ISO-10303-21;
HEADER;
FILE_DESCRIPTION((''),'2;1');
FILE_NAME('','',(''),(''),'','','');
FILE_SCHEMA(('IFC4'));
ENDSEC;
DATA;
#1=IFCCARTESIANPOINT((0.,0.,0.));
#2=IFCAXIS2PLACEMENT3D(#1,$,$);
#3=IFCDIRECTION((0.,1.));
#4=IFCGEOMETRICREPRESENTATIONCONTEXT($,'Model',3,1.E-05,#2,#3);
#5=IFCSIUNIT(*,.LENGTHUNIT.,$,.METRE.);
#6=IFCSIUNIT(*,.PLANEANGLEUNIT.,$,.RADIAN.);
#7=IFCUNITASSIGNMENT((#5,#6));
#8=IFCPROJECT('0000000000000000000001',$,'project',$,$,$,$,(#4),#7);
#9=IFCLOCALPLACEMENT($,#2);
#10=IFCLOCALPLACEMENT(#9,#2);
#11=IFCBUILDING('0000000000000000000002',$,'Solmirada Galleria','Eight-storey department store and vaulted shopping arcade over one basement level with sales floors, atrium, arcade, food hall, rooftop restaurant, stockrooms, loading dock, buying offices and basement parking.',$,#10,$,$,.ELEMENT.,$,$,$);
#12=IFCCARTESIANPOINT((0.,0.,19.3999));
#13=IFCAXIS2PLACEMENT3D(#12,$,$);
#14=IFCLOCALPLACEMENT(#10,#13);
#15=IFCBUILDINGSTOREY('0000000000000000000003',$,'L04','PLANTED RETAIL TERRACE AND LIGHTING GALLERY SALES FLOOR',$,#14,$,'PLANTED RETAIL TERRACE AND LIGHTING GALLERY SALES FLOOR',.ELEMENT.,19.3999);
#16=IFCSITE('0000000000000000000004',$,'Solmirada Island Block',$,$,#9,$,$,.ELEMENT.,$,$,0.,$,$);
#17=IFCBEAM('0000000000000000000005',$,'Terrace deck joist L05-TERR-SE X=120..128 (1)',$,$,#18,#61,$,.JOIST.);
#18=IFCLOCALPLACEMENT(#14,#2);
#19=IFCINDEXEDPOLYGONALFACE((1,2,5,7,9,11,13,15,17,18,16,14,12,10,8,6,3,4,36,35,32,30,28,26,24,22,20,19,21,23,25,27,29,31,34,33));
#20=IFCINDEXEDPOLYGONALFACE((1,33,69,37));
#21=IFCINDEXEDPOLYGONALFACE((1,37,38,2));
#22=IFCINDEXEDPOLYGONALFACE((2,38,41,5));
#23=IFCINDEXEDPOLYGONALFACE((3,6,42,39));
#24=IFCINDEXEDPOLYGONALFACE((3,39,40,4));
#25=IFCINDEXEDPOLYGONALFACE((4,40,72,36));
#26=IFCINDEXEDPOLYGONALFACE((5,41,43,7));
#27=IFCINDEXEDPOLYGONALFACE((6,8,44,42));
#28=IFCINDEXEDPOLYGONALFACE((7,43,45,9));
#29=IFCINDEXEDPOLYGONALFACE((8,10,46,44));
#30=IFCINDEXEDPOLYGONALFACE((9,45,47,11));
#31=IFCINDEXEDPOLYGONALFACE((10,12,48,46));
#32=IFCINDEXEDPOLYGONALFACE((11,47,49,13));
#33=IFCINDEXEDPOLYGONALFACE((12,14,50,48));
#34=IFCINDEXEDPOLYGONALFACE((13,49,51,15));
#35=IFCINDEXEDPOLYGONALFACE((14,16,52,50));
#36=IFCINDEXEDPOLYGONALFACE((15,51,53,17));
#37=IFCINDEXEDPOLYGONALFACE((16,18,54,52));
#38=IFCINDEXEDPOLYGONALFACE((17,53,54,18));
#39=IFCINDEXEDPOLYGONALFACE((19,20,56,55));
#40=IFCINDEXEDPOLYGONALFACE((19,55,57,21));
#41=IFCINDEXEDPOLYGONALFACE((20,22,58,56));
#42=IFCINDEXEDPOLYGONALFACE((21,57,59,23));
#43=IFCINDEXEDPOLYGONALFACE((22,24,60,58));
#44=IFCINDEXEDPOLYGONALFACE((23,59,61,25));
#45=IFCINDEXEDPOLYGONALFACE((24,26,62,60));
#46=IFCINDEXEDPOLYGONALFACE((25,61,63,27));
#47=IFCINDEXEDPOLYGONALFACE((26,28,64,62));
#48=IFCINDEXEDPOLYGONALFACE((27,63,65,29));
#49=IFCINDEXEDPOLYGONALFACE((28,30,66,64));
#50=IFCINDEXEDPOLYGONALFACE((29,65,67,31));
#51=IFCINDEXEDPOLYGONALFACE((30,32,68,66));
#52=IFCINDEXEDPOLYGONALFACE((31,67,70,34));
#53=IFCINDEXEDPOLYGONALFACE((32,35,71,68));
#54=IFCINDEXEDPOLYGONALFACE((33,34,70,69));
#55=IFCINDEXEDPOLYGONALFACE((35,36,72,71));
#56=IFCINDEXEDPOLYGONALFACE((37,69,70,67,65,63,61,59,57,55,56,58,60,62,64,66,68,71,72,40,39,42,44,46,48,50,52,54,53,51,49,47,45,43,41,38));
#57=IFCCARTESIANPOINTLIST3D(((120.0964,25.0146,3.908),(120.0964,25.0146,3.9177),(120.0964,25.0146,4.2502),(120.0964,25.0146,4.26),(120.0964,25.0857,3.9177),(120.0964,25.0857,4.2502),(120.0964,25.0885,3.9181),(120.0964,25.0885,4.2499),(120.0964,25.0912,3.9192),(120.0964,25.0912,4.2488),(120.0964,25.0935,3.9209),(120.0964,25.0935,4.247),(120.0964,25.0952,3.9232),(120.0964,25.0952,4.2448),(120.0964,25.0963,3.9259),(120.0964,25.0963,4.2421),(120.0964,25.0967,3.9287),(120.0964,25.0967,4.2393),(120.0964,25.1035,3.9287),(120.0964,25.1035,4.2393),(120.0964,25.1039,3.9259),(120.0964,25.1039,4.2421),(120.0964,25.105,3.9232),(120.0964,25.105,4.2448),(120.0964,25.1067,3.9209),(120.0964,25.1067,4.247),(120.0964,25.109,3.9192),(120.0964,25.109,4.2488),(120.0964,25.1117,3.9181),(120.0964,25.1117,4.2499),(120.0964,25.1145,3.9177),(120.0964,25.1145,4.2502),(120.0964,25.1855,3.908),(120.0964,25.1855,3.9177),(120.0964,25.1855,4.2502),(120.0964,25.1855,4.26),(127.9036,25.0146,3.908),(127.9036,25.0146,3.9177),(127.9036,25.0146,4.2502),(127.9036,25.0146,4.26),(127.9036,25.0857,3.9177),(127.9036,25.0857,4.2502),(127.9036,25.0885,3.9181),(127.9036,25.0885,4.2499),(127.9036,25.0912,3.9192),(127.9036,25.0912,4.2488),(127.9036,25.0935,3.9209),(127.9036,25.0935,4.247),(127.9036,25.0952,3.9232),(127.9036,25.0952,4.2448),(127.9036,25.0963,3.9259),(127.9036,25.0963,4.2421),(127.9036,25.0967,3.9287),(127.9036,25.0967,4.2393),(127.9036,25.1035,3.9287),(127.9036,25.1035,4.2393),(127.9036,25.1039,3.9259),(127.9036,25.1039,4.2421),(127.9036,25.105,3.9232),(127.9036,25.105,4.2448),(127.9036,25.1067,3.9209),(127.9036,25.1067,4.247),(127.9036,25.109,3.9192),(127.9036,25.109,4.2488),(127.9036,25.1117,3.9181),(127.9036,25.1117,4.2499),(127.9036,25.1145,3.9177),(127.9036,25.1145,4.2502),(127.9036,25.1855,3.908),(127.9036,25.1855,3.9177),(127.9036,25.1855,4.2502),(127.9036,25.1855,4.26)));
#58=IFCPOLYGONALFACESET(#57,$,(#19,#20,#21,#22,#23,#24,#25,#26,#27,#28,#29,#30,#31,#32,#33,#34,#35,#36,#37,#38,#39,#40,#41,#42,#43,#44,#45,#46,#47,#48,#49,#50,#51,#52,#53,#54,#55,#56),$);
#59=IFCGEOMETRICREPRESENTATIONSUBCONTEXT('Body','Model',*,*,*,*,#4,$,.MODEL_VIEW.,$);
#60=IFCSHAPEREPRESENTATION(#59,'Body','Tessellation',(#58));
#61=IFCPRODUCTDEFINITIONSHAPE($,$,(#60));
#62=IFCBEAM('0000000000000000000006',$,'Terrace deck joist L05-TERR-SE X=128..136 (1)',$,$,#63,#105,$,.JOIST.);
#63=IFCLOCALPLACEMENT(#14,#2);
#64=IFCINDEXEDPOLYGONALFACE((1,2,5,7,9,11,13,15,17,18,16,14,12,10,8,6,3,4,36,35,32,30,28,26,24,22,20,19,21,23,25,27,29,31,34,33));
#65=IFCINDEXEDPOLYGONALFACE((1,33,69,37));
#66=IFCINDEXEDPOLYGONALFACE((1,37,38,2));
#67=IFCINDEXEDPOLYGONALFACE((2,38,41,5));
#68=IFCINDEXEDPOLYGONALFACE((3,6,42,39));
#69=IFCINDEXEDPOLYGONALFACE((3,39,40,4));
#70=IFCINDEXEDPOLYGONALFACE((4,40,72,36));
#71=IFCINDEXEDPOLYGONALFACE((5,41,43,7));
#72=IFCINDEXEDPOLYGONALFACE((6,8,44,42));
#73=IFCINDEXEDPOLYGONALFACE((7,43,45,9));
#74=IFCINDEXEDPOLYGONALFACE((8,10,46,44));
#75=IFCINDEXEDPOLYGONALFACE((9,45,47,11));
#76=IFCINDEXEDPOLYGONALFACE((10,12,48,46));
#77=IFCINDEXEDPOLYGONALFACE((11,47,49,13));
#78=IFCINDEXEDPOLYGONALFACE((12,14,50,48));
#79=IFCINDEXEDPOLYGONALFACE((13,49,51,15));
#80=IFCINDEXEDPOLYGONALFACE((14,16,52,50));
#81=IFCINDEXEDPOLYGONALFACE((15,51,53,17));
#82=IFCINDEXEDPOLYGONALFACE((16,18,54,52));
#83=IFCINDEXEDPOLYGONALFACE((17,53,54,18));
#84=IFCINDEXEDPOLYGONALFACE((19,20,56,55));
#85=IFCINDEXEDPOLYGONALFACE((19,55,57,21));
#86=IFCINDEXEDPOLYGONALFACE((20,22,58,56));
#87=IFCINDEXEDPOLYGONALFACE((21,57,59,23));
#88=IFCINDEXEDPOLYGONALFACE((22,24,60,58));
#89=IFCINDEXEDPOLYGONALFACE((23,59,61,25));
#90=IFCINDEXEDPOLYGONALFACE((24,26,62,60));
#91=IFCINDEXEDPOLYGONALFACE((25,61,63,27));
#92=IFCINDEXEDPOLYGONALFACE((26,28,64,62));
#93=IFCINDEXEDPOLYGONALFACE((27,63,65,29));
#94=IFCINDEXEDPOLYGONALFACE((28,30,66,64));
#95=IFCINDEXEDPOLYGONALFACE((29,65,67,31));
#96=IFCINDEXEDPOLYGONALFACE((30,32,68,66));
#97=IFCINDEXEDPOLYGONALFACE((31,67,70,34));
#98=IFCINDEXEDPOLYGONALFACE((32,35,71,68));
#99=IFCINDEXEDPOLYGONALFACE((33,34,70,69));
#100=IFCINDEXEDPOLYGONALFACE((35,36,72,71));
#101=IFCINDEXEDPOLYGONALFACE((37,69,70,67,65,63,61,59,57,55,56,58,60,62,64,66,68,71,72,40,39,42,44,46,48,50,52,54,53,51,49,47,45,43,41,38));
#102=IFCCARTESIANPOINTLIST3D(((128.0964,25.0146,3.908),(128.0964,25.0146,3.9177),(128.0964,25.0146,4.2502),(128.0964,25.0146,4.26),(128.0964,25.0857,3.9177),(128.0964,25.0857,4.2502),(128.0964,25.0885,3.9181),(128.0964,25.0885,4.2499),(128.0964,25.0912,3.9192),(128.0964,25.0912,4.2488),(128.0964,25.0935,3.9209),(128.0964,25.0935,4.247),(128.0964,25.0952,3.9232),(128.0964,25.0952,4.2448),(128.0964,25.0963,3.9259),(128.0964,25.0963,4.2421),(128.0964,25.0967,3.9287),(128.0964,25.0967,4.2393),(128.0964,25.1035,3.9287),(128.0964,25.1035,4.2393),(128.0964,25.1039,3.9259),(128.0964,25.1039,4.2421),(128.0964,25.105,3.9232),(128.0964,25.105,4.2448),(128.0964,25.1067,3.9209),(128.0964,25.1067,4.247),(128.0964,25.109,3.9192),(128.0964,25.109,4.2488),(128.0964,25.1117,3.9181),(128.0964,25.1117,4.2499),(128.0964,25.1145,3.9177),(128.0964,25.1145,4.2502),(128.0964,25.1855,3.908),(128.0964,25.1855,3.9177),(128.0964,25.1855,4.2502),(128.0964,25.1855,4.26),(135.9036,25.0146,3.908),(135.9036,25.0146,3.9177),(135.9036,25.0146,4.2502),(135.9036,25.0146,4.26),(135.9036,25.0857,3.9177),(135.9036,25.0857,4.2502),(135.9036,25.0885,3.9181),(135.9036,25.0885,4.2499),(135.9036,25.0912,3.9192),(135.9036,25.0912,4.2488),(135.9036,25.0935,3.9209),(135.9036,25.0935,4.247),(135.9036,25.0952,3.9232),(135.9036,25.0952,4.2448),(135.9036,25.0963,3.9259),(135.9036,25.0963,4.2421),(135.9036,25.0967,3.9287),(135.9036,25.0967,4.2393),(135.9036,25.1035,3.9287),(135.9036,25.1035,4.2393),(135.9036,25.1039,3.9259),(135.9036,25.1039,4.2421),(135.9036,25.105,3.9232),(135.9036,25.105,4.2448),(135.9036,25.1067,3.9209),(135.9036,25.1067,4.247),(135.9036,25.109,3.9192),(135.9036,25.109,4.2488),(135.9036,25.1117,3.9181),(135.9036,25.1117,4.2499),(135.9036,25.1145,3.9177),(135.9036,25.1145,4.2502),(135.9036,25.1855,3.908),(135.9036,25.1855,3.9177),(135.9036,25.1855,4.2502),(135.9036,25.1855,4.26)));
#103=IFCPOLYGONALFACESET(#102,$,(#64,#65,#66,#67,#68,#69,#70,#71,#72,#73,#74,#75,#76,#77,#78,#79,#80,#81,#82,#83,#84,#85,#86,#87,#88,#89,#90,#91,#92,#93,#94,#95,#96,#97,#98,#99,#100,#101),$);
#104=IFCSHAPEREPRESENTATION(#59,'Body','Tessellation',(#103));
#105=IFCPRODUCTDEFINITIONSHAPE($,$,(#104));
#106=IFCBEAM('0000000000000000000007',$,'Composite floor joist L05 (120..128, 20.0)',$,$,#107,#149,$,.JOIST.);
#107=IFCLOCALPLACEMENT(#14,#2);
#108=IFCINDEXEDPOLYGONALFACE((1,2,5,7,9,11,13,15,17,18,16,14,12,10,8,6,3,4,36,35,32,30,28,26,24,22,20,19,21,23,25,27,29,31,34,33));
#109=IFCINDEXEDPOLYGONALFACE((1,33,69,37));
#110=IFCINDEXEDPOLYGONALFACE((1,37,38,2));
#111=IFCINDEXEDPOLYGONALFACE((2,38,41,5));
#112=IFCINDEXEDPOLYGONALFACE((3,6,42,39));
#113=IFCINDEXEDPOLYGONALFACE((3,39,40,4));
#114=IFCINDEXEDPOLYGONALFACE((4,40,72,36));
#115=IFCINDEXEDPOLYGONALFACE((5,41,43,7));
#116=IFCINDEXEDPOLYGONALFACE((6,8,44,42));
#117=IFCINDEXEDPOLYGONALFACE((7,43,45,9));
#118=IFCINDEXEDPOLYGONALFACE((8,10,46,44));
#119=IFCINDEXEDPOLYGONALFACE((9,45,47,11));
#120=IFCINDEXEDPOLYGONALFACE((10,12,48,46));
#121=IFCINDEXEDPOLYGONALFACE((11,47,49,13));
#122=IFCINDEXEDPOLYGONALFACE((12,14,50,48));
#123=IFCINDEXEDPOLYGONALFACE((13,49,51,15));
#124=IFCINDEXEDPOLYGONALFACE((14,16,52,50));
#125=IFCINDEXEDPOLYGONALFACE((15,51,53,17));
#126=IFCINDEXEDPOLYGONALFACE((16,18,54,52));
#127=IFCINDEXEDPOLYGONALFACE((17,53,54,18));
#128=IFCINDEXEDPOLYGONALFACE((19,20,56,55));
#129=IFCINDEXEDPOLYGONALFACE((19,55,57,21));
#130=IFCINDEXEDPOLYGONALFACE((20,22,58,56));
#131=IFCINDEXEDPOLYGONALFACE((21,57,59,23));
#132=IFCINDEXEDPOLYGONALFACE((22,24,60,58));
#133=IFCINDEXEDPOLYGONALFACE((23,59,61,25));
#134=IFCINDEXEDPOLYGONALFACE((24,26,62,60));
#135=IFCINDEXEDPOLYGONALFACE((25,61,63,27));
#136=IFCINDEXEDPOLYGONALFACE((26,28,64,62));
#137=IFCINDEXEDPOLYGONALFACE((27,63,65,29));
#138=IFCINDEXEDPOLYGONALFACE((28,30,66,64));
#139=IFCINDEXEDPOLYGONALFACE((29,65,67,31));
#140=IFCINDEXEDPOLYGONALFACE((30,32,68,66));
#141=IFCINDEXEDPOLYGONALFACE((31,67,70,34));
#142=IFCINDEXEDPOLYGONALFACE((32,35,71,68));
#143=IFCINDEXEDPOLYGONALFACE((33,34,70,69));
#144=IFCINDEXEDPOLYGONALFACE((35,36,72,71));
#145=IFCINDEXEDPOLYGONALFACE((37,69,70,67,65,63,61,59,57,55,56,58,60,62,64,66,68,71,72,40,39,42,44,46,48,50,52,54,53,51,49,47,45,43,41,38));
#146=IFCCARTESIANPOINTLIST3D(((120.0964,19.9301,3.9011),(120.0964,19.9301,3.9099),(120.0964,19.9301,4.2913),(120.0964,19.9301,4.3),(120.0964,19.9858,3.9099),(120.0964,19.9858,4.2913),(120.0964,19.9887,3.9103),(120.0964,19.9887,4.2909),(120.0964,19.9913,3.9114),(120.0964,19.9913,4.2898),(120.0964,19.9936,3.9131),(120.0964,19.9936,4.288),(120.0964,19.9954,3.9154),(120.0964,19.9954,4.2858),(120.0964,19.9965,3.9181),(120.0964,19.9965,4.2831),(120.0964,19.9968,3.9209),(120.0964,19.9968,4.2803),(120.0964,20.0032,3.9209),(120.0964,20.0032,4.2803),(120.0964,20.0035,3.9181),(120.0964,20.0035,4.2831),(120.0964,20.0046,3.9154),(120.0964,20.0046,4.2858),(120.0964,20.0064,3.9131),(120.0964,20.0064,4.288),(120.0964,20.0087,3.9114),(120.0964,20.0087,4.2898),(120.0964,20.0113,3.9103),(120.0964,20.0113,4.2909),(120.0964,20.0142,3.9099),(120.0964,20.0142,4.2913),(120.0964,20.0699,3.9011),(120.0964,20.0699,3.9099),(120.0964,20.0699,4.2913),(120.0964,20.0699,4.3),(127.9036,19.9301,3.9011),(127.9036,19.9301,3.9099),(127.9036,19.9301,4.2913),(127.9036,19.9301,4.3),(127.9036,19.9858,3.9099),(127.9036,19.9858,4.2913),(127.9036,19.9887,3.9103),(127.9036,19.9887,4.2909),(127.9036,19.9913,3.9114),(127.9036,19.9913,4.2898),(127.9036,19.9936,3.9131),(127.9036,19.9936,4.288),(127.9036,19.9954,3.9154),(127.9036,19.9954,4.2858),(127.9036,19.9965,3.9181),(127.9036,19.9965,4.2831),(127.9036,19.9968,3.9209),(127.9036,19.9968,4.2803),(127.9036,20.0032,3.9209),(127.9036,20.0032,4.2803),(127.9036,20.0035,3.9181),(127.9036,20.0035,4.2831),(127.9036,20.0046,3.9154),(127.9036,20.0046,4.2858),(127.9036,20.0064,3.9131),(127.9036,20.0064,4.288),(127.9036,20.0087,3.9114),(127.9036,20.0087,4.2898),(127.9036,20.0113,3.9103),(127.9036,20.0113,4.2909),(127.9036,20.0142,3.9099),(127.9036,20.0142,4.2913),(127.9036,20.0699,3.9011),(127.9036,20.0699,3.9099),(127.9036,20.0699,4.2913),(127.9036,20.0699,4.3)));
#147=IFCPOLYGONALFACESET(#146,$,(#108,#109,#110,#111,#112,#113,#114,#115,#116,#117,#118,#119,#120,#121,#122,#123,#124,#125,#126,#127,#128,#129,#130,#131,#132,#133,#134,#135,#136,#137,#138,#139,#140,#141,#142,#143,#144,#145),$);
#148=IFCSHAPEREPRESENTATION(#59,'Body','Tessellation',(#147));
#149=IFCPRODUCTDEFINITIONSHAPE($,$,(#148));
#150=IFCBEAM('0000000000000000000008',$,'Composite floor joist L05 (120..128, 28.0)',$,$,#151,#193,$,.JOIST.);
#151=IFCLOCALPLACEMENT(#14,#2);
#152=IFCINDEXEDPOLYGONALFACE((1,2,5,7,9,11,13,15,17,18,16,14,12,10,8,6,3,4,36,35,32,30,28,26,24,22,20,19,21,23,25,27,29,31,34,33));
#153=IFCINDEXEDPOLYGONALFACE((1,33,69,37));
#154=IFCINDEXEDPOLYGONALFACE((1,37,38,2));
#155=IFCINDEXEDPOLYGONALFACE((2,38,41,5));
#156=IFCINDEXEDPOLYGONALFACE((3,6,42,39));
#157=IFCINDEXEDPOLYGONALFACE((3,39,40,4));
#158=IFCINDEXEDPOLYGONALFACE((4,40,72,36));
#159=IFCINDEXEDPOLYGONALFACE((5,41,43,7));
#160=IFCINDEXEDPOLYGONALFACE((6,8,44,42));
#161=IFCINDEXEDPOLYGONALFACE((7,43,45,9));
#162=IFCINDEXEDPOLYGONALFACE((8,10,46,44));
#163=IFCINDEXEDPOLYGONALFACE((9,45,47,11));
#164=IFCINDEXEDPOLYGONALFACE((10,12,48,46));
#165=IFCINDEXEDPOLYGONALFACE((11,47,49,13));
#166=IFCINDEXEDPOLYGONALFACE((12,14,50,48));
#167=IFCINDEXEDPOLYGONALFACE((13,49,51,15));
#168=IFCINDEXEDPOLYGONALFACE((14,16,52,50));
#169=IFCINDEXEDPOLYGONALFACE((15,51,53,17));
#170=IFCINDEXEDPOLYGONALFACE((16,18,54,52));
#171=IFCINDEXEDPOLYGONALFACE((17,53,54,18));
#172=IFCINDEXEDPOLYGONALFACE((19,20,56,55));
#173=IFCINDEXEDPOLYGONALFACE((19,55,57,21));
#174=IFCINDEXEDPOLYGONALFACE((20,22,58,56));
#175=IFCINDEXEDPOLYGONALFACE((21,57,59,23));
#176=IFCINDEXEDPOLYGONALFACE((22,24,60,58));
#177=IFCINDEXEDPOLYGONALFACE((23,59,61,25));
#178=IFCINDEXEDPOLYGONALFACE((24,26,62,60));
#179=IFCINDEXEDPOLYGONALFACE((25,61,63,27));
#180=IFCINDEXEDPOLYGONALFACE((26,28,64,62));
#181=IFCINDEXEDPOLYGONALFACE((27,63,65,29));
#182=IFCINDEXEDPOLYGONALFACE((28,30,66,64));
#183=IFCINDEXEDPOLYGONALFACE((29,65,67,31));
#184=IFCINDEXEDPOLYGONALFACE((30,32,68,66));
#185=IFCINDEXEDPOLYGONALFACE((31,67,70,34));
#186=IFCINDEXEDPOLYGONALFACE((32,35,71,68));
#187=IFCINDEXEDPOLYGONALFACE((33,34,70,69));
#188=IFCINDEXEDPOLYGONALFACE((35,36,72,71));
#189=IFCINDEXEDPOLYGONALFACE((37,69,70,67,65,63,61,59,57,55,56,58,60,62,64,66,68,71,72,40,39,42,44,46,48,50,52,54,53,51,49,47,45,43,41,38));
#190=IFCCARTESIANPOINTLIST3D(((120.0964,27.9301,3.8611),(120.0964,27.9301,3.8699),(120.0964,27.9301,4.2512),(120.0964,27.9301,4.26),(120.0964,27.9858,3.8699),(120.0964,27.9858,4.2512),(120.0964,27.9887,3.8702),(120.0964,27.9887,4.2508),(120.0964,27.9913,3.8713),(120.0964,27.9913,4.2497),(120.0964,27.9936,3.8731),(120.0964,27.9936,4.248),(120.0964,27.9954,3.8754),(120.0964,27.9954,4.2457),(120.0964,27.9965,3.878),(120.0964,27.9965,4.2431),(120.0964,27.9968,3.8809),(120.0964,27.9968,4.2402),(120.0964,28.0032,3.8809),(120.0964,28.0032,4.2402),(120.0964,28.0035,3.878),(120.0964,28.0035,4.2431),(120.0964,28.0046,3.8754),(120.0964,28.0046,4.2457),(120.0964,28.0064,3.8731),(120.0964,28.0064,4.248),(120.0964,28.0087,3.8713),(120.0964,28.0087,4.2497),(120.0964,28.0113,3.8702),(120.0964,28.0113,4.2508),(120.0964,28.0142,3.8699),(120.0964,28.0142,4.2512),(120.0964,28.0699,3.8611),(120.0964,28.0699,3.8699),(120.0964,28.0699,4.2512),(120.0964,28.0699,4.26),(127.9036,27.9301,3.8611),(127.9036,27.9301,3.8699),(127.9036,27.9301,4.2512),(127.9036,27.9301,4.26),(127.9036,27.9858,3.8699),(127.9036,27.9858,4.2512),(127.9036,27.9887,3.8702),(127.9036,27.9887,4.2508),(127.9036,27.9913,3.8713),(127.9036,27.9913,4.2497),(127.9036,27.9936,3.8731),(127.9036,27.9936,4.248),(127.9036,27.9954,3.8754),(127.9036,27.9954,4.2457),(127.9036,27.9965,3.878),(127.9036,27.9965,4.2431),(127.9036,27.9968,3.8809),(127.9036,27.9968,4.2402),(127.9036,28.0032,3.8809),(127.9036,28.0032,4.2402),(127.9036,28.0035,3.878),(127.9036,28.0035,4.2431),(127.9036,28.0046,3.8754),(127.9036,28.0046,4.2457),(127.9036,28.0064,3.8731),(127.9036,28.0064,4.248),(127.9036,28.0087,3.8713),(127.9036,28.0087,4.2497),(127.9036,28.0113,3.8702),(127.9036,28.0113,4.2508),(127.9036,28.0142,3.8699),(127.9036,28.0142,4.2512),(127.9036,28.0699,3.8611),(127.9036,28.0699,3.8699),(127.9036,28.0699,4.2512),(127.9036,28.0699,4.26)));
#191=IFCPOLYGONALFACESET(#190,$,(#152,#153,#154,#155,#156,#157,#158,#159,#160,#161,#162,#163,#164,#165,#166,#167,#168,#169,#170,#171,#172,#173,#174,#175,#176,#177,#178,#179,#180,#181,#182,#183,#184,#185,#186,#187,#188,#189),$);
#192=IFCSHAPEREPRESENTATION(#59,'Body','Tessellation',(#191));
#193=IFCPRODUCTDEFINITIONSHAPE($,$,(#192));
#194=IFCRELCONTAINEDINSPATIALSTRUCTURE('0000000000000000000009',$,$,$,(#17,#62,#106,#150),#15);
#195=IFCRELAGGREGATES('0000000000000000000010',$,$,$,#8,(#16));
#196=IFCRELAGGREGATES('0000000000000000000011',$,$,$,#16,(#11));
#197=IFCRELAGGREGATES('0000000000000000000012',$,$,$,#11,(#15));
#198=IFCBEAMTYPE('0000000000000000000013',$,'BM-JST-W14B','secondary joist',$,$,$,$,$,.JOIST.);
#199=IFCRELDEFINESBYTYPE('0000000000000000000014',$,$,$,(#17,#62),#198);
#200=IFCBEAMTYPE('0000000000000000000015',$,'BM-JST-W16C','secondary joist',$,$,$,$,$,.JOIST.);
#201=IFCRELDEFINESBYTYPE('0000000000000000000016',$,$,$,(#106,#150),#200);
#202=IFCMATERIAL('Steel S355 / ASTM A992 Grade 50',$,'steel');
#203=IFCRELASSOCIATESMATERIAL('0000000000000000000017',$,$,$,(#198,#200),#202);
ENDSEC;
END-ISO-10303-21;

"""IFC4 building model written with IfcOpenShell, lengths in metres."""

from ifc_helpers import new_model, si_unit, direction, frame, origin, origin_2d, place, context, subcontext, project, spatial, i_section, extrude, material, material_profile, profile_set, type_object, element, save


model = new_model("IFC4")

# Units and contexts
model_context = context("Model", 3, precision=1e-05, world=origin(), true_north=direction((0.0, 1.0)))
body_context = subcontext(model_context, "Body", "Model", "MODEL_VIEW")
ifc_project = project(units=[si_unit("LENGTHUNIT", "METRE"), si_unit("PLANEANGLEUNIT", "RADIAN")], contexts=[model_context])

# Site, building, storey
site_placement = place(None, origin())
site = spatial("IfcSite", under=ifc_project, at=site_placement, Name="Solmirada Island Block", CompositionType="ELEMENT", RefElevation=0.0)
building_placement = place(site_placement, origin())
building = spatial("IfcBuilding", under=site, at=building_placement, Name="Solmirada Galleria", Description="Eight-storey department store and vaulted shopping arcade over one basement level with sales floors, atrium, arcade, food hall, rooftop restaurant, stockrooms, loading dock, buying offices and basement parking.", CompositionType="ELEMENT")
storey_placement = place(building_placement, frame((0.0, 0.0, 19.3999)))
storey = spatial("IfcBuildingStorey", under=building, at=storey_placement, Name="L04", Description="PLANTED RETAIL TERRACE AND LIGHTING GALLERY SALES FLOOR", LongName="PLANTED RETAIL TERRACE AND LIGHTING GALLERY SALES FLOOR", CompositionType="ELEMENT", Elevation=19.3999)

# Beams
ifc_material_1 = material(Name="Steel S355 / ASTM A992 Grade 50", Category="steel")
ifc_material_profile_1 = material_profile(ifc_material_1, i_section(OverallWidth=0.1709, OverallDepth=0.3521, WebThickness=0.0068, FlangeThickness=0.0098, FilletRadius=0.011, at=origin_2d()), Name="W14X30")
ifc_profile_set_1 = profile_set([ifc_material_profile_1], Name="Steel S355 / ASTM A992 Grade 50")
beam_type_1 = type_object("IfcBeamType", Name="BM-JST-W14B", Description="secondary joist", PredefinedType="JOIST", material=ifc_profile_set_1)
for number, where, z_axis, x_axis, name in (
    (1, (120.0964, 25.1001, 4.084), (1.0, 0.0, 0.0), (0.0, 1.0, 0.0), "Terrace deck joist L05-TERR-SE X=120..128 (1)"),
    (2, (128.0964, 25.1001, 4.084), (1.0, 0.0, 0.0), (0.0, 1.0, 0.0), "Terrace deck joist L05-TERR-SE X=128..136 (1)"),
):
    element("IfcBeam", number, at=place(storey_placement, frame(where, z_axis=z_axis, x_axis=x_axis)), inside=storey, type_object=beam_type_1, Name=name, PredefinedType="JOIST", context=body_context, shape_type="SweptSolid", body=[
        extrude(i_section(OverallWidth=0.1709, OverallDepth=0.3521, WebThickness=0.0068, FlangeThickness=0.0098, FilletRadius=0.011, at=origin_2d()), origin(), (0.0, 0.0, 1.0), 7.8071),
    ])
ifc_material_profile_2 = material_profile(ifc_material_1, i_section(OverallWidth=0.1399, OverallDepth=0.3989, WebThickness=0.0063, FlangeThickness=0.0088, FilletRadius=0.011, at=origin_2d()), Name="W16X26")
ifc_profile_set_2 = profile_set([ifc_material_profile_2], Name="Steel S355 / ASTM A992 Grade 50")
beam_type_2 = type_object("IfcBeamType", Name="BM-JST-W16C", Description="secondary joist", PredefinedType="JOIST", material=ifc_profile_set_2)
for number, where, z_axis, x_axis, name in (
    (3, (120.0964, 20.0, 4.1006), (1.0, 0.0, 0.0), (0.0, 1.0, 0.0), "Composite floor joist L05 (120..128, 20.0)"),
    (4, (120.0964, 28.0, 4.0605), (1.0, 0.0, 0.0), (0.0, 1.0, 0.0), "Composite floor joist L05 (120..128, 28.0)"),
):
    element("IfcBeam", number, at=place(storey_placement, frame(where, z_axis=z_axis, x_axis=x_axis)), inside=storey, type_object=beam_type_2, Name=name, PredefinedType="JOIST", context=body_context, shape_type="SweptSolid", body=[
        extrude(i_section(OverallWidth=0.1399, OverallDepth=0.3989, WebThickness=0.0063, FlangeThickness=0.0088, FilletRadius=0.011, at=origin_2d()), origin(), (0.0, 0.0, 1.0), 7.8071),
    ])

save(model, "model.ifc")
